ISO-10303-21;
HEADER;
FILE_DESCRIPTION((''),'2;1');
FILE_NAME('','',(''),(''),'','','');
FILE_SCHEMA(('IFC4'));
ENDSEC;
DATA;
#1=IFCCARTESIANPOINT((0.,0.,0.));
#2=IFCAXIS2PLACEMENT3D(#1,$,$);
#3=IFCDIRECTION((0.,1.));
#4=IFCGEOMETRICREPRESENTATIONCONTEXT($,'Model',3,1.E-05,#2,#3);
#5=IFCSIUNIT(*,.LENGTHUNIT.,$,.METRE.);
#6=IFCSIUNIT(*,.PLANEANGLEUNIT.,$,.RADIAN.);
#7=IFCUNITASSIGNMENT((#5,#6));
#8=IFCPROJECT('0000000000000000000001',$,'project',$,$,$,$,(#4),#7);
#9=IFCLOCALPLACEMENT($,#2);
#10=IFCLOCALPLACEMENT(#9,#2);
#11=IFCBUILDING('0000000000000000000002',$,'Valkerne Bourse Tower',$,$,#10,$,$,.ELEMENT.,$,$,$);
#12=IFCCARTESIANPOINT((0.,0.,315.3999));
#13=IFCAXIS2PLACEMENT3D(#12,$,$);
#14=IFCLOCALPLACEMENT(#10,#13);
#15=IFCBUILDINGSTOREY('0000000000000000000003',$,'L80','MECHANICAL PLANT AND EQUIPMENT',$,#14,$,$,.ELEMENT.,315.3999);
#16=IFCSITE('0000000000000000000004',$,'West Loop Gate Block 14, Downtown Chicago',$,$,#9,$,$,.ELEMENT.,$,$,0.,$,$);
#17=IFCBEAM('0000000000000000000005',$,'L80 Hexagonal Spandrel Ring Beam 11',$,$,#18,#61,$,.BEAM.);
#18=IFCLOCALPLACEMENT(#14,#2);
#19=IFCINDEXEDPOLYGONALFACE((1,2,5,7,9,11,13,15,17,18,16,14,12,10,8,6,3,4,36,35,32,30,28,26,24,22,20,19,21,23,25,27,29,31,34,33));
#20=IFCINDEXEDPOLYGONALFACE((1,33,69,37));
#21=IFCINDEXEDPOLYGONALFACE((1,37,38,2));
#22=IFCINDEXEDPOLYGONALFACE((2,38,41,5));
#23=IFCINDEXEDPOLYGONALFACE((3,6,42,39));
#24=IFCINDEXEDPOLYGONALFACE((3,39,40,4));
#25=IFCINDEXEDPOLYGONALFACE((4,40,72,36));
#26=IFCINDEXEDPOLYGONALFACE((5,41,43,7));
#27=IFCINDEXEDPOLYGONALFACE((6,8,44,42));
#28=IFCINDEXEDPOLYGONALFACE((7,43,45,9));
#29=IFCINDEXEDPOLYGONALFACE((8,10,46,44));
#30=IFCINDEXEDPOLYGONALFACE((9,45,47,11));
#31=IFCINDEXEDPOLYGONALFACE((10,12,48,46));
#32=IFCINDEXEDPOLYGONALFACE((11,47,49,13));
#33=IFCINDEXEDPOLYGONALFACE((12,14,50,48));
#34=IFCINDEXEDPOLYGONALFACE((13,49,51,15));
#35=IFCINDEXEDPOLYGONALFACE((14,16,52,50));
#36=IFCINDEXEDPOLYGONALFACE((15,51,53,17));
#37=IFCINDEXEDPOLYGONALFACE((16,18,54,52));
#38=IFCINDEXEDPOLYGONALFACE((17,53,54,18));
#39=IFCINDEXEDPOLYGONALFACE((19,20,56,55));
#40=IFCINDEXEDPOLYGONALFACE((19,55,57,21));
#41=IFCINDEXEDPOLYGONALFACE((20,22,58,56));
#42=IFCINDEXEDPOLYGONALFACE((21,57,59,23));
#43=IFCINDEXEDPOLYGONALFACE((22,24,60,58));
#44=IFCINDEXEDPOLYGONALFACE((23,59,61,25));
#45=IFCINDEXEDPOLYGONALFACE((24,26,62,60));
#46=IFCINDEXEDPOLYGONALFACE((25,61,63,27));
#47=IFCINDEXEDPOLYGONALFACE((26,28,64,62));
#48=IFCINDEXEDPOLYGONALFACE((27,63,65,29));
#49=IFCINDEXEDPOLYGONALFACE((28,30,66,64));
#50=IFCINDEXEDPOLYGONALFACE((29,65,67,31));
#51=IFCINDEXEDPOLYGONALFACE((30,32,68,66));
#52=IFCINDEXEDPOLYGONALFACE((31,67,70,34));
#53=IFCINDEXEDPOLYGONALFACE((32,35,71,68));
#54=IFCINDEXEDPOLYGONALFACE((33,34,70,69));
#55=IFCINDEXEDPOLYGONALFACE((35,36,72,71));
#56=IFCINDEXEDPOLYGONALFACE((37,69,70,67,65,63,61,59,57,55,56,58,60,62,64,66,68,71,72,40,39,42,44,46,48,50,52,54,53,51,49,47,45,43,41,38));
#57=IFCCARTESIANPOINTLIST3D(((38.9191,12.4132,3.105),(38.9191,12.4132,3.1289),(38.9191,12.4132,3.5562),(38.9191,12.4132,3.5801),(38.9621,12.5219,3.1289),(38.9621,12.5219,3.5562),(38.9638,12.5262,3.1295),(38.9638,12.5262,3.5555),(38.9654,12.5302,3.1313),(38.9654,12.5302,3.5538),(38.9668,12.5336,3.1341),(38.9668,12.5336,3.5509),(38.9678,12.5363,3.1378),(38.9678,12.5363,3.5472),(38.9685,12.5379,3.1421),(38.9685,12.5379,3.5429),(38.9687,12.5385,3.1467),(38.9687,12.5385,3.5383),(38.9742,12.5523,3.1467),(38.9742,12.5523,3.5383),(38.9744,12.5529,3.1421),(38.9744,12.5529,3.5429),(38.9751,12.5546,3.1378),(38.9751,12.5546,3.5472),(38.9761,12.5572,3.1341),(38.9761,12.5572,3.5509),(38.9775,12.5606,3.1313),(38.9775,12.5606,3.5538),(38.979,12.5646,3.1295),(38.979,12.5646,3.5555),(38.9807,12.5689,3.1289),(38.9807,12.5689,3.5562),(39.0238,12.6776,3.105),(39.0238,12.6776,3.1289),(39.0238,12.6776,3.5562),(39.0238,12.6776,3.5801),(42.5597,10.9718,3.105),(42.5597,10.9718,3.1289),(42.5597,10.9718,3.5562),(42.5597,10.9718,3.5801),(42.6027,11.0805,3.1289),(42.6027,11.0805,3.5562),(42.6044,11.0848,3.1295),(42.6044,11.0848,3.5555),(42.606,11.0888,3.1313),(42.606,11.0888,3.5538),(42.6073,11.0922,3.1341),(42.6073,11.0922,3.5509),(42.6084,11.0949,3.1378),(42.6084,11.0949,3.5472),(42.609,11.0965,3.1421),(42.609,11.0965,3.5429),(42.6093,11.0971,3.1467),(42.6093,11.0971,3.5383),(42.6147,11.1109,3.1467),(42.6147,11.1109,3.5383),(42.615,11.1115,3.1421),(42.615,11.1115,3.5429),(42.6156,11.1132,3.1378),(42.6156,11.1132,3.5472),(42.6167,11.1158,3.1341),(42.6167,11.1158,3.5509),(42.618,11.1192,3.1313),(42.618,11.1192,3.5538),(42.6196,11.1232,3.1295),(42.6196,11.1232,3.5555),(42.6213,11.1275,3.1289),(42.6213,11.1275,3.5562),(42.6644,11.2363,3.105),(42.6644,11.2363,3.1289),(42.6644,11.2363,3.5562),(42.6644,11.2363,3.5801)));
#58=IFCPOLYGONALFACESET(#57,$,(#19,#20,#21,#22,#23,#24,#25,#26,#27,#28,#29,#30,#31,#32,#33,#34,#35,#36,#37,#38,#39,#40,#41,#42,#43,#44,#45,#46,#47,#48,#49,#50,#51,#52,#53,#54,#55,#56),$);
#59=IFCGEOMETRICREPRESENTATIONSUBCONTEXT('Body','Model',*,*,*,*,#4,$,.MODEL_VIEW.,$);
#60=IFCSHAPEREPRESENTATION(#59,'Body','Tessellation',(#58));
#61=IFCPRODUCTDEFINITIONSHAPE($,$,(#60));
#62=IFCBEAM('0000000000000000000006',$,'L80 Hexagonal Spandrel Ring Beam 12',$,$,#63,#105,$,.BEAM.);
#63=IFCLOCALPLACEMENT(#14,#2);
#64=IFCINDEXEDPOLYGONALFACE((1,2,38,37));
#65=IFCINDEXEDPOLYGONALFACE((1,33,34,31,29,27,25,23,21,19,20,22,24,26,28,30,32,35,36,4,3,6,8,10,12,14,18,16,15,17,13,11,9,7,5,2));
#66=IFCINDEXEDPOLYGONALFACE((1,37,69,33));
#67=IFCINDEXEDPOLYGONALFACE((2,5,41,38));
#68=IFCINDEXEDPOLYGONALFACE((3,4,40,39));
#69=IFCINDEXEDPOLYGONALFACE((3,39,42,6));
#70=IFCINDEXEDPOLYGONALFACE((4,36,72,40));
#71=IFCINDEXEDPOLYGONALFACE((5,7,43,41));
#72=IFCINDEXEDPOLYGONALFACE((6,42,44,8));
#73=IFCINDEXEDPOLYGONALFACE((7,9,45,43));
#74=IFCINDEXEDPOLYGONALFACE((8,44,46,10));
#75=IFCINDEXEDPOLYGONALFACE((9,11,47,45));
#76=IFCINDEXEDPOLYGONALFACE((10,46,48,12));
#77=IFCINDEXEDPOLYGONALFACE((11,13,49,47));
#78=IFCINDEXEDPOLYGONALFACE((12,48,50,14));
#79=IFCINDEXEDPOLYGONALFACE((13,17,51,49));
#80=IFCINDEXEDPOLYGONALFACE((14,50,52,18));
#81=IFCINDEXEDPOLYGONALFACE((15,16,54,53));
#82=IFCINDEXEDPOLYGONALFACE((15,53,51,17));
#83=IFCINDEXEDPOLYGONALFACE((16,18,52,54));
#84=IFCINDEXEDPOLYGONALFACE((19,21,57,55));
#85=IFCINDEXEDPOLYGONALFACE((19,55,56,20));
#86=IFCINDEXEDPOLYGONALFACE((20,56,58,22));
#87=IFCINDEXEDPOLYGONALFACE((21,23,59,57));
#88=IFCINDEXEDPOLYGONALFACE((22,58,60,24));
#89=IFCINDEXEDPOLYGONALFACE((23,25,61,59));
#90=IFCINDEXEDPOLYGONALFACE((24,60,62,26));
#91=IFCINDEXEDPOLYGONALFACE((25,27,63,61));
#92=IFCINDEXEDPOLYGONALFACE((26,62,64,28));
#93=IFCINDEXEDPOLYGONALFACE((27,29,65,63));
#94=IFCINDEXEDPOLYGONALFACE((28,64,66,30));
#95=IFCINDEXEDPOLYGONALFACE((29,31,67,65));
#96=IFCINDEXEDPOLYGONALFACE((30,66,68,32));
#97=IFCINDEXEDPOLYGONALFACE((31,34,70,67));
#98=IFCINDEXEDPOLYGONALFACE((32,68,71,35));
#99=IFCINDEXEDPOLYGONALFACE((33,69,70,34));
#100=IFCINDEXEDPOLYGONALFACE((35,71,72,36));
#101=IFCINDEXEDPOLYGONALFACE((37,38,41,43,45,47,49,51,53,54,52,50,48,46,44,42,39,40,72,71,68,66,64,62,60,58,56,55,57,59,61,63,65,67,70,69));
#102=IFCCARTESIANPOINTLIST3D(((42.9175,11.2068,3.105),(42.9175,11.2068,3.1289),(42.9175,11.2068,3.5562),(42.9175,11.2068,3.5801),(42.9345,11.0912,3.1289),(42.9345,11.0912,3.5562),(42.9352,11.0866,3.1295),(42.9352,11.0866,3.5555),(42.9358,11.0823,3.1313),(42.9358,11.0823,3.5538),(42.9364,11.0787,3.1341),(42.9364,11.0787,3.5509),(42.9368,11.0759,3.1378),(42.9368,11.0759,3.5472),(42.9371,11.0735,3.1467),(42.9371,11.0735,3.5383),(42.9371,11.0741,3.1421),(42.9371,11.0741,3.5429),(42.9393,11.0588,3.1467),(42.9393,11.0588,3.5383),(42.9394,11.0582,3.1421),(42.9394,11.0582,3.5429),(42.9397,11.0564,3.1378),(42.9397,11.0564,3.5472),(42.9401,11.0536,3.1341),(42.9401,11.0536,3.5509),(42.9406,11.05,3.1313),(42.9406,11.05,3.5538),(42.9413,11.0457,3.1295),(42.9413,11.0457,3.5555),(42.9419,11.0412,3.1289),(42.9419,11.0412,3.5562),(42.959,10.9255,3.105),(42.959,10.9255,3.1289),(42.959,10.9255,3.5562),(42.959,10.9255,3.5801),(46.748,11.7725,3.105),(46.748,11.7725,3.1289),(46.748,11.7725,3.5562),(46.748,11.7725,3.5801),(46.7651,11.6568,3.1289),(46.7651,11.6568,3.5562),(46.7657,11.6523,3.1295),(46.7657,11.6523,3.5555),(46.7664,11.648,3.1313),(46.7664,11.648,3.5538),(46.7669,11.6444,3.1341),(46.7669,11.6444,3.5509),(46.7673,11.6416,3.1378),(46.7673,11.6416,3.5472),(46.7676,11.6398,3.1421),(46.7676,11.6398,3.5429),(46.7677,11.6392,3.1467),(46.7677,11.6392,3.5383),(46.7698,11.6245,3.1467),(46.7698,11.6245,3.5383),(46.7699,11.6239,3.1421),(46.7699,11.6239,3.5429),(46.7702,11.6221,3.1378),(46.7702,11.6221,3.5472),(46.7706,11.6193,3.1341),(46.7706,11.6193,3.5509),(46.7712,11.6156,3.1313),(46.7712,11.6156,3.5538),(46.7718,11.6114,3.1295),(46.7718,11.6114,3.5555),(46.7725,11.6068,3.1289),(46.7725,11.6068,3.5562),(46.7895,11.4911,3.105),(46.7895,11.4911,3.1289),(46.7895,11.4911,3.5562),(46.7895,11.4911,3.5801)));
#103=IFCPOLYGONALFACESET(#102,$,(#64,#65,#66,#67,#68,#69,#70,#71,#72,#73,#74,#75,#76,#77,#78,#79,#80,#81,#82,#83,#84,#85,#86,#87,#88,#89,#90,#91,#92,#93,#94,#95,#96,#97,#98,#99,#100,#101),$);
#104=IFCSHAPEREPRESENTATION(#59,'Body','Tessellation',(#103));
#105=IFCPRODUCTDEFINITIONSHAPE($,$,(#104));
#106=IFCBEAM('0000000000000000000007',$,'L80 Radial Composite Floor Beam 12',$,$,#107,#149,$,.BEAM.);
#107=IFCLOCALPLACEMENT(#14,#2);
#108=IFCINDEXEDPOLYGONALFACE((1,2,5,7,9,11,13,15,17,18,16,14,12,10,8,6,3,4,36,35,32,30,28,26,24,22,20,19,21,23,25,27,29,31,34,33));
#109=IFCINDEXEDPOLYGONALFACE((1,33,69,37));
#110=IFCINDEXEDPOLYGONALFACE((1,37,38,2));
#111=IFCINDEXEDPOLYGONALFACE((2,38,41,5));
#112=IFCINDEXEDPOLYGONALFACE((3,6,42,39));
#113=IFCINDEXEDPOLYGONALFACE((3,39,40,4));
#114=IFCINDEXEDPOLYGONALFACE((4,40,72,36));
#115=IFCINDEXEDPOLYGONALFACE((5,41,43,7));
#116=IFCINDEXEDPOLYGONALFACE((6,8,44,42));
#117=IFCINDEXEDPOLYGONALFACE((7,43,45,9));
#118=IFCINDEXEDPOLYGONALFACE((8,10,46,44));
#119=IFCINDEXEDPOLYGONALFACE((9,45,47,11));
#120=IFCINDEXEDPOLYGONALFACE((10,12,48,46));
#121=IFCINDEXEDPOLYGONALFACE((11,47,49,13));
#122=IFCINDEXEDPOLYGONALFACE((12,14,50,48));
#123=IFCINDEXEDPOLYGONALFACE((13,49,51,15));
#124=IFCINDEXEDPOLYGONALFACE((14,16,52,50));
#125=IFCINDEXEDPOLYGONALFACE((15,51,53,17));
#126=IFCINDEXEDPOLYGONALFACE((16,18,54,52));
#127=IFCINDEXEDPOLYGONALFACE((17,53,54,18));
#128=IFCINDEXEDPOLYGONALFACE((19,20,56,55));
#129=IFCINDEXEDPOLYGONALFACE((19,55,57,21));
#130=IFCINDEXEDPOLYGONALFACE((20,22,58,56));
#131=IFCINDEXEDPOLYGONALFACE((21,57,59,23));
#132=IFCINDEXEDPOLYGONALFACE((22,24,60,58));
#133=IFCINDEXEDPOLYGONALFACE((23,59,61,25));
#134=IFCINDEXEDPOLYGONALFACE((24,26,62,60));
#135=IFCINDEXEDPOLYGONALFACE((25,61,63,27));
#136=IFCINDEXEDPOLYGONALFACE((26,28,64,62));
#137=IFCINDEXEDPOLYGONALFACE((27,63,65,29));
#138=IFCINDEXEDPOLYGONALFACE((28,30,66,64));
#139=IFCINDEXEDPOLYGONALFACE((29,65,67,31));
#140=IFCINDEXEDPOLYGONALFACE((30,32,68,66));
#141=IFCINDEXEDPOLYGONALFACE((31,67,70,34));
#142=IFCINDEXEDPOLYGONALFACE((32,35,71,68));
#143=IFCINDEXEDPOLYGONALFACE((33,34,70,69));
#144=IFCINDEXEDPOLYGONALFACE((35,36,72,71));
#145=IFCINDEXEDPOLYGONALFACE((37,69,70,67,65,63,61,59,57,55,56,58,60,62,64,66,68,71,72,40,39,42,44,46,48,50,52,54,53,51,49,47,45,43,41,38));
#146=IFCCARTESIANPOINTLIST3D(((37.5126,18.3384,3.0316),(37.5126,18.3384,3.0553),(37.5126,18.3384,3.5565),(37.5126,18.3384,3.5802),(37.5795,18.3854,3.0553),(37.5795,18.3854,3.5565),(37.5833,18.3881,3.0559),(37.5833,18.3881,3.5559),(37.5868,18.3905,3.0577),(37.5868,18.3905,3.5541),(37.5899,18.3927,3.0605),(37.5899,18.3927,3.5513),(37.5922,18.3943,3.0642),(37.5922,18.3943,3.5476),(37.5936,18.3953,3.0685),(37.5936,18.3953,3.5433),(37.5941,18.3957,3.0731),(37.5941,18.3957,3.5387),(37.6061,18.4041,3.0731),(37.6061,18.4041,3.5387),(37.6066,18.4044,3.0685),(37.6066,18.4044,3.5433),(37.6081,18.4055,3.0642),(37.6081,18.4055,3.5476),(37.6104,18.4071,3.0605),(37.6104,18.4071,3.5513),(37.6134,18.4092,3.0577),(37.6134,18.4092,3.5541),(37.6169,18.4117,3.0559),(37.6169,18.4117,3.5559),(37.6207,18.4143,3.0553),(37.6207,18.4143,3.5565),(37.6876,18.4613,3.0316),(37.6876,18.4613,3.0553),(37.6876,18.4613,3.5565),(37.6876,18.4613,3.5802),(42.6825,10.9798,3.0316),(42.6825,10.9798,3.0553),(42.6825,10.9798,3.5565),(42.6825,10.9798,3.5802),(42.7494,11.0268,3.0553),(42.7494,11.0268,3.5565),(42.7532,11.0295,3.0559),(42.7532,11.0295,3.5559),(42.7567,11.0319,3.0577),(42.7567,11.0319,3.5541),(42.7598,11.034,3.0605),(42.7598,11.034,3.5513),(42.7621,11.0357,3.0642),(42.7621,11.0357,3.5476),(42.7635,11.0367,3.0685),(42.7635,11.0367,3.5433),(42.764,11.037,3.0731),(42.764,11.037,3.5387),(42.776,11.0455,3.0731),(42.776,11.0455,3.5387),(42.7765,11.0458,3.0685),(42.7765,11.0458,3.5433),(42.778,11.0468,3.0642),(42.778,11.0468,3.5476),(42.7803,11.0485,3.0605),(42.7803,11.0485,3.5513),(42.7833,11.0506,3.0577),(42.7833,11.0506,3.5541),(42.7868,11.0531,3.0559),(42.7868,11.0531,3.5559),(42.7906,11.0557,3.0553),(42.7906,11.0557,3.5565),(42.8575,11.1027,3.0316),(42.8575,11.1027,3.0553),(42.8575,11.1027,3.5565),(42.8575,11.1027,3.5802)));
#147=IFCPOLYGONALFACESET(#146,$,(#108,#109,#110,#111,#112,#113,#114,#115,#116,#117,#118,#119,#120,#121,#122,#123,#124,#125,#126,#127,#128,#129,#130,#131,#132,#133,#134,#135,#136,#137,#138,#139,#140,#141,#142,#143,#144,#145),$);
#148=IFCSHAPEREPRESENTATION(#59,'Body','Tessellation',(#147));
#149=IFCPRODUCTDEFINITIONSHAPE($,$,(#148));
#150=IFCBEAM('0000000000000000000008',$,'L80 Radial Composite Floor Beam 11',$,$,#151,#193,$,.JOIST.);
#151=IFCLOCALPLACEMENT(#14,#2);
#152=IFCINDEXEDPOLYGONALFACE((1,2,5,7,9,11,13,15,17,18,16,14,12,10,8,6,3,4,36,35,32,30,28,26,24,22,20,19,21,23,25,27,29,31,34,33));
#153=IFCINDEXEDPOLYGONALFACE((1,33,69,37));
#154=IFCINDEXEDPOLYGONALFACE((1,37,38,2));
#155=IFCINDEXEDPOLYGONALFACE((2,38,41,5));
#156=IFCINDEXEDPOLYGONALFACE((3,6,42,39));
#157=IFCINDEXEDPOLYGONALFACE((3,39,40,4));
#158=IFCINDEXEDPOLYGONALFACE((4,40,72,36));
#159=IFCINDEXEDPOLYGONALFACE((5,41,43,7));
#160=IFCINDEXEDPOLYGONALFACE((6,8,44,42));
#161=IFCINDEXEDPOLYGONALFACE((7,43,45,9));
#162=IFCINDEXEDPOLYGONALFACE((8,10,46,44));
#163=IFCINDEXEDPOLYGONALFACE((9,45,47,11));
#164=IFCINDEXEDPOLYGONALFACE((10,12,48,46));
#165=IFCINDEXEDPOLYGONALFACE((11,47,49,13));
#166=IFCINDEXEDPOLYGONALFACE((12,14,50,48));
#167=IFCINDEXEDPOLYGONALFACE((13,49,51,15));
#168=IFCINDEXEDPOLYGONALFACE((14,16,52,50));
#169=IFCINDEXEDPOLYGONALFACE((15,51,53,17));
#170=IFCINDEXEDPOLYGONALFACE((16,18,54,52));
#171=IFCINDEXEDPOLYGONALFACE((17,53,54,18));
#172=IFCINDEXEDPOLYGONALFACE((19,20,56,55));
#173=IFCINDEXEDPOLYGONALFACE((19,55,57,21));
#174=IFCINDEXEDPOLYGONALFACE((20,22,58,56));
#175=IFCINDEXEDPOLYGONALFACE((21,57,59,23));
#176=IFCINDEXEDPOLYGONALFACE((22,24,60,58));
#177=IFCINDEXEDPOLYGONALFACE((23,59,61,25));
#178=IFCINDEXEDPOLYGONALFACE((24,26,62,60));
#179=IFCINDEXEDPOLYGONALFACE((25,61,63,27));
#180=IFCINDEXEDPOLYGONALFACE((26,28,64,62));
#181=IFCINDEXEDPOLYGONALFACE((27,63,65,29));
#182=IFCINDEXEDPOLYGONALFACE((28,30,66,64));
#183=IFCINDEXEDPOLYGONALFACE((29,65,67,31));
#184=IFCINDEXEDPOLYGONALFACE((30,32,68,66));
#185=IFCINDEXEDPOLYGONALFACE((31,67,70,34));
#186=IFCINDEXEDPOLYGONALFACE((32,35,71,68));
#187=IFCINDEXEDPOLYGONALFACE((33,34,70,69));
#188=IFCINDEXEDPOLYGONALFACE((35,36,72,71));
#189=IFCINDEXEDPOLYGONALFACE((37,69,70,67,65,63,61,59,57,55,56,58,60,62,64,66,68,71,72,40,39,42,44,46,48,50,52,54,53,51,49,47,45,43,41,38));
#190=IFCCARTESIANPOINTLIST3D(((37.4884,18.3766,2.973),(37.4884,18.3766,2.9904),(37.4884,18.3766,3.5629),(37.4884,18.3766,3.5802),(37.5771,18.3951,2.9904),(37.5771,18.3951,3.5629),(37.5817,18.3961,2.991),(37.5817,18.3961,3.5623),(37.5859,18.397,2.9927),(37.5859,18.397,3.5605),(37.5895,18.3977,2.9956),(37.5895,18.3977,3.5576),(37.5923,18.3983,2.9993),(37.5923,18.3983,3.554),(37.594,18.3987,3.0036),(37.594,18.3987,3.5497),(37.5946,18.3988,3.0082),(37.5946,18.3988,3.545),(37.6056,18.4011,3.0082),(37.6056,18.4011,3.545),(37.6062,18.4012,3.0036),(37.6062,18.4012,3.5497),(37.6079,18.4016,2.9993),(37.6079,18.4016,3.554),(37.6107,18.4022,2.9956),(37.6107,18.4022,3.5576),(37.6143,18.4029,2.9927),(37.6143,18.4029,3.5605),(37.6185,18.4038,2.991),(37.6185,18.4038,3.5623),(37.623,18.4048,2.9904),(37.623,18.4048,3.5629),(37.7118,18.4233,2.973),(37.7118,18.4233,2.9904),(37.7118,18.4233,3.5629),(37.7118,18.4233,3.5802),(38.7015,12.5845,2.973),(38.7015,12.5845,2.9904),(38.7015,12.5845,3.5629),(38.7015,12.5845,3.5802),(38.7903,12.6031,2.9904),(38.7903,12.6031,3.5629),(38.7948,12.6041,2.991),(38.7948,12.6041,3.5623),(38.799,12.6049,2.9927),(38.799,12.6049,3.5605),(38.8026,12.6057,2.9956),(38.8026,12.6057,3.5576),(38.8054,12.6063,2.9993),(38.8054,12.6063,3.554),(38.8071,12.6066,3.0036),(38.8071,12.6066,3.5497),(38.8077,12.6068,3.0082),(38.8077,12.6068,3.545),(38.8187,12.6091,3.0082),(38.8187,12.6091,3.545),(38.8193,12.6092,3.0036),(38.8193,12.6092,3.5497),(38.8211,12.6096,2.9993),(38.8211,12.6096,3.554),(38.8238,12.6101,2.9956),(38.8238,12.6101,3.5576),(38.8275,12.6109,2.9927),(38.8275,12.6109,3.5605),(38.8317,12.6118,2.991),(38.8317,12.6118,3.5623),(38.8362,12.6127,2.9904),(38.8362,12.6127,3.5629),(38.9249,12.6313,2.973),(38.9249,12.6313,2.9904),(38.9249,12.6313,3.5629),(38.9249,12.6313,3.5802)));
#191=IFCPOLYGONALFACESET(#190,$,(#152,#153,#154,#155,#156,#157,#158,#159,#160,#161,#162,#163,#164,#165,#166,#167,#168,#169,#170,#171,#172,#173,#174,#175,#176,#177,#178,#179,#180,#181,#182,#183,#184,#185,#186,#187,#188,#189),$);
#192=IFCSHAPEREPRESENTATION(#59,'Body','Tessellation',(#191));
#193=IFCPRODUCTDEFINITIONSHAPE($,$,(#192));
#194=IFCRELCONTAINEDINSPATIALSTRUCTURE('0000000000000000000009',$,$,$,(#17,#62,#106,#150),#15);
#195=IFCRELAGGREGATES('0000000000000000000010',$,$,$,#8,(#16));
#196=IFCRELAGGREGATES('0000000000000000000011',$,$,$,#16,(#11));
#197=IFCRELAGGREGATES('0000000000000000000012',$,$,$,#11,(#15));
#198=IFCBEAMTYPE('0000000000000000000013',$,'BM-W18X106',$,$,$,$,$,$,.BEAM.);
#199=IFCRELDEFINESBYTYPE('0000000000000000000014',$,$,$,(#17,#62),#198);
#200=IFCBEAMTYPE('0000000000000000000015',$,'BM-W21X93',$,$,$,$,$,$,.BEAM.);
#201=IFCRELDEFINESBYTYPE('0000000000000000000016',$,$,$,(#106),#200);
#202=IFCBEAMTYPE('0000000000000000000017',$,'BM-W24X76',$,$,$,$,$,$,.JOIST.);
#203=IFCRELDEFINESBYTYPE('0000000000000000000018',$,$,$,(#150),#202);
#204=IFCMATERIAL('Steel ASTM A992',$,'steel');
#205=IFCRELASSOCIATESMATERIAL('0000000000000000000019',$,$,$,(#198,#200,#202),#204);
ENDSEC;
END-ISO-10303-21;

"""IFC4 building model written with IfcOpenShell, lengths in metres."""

from ifc_helpers import new_model, si_unit, direction, frame, origin, origin_2d, place, context, subcontext, project, spatial, i_section, extrude, material, material_profile, profile_set, type_object, element, save


model = new_model("IFC4")

# Units and contexts
model_context = context("Model", 3, precision=1e-05, world=origin(), true_north=direction((0.0, 1.0)))
body_context = subcontext(model_context, "Body", "Model", "MODEL_VIEW")
ifc_project = project(units=[si_unit("LENGTHUNIT", "METRE"), si_unit("PLANEANGLEUNIT", "RADIAN")], contexts=[model_context])

# Site, building, storey
site_placement = place(None, origin())
site = spatial("IfcSite", under=ifc_project, at=site_placement, Name="West Loop Gate Block 14, Downtown Chicago", CompositionType="ELEMENT", RefElevation=0.0)
building_placement = place(site_placement, origin())
building = spatial("IfcBuilding", under=site, at=building_placement, Name="Valkerne Bourse Tower", CompositionType="ELEMENT")
storey_placement = place(building_placement, frame((0.0, 0.0, 315.3999)))
storey = spatial("IfcBuildingStorey", under=building, at=storey_placement, Name="L80", Description="MECHANICAL PLANT AND EQUIPMENT", CompositionType="ELEMENT", Elevation=315.3999)

# Beams
ifc_material_1 = material(Name="Steel ASTM A992", Category="steel")
ifc_material_profile_1 = material_profile(ifc_material_1, i_section(OverallWidth=0.2844, OverallDepth=0.4751, WebThickness=0.0149, FlangeThickness=0.0239, FilletRadius=0.0178, at=origin_2d()), Name="W18X106")
ifc_profile_set_1 = profile_set([ifc_material_profile_1], Name="Steel ASTM A992")
beam_type_1 = type_object("IfcBeamType", Name="BM-W18X106", PredefinedType="BEAM", material=ifc_profile_set_1)
beam_1_placement = place(storey_placement, frame((38.9714, 12.5454, 3.3425), z_axis=(0.929778, -0.36812, 0.0), x_axis=(0.36812, 0.929778, 0.0)))
element("IfcBeam", 1, at=beam_1_placement, inside=storey, type_object=beam_type_1, Name="L80 Hexagonal Spandrel Ring Beam 11", PredefinedType="BEAM", context=body_context, shape_type="SweptSolid", body=[
    extrude(i_section(OverallWidth=0.2844, OverallDepth=0.4751, WebThickness=0.0149, FlangeThickness=0.0239, FilletRadius=0.0178, at=origin_2d()), origin(), (0.0, 0.0, 1.0), 3.9155),
])
beam_2_placement = place(storey_placement, frame((42.9382, 11.0662, 3.3425), z_axis=(0.989271, 0.146089, 0.0), x_axis=(-0.146089, 0.989271, 0.0)))
element("IfcBeam", 2, at=beam_2_placement, inside=storey, type_object=beam_type_1, Name="L80 Hexagonal Spandrel Ring Beam 12", PredefinedType="BEAM", context=body_context, shape_type="SweptSolid", body=[
    extrude(i_section(OverallWidth=0.2844, OverallDepth=0.4751, WebThickness=0.0149, FlangeThickness=0.0239, FilletRadius=0.0178, at=origin_2d()), origin(), (0.0, 0.0, 1.0), 3.8721),
])
ifc_material_profile_2 = material_profile(ifc_material_1, i_section(OverallWidth=0.2139, OverallDepth=0.5486, WebThickness=0.0146, FlangeThickness=0.0237, FilletRadius=0.0178, at=origin_2d()), Name="W21X93")
ifc_profile_set_2 = profile_set([ifc_material_profile_2], Name="Steel ASTM A992")
beam_type_2 = type_object("IfcBeamType", Name="BM-W21X93", PredefinedType="BEAM", material=ifc_profile_set_2)
beam_3_placement = place(storey_placement, frame((42.77, 11.0413, 3.3059), z_axis=(-0.57487, 0.818245, 0.0), x_axis=(-0.818245, -0.57487, 0.0)))
element("IfcBeam", 3, at=beam_3_placement, inside=storey, type_object=beam_type_2, Name="L80 Radial Composite Floor Beam 12", PredefinedType="BEAM", context=body_context, shape_type="SweptSolid", body=[
    extrude(i_section(OverallWidth=0.2139, OverallDepth=0.5486, WebThickness=0.0146, FlangeThickness=0.0237, FilletRadius=0.0178, at=origin_2d()), origin(), (0.0, 0.0, 1.0), 8.9932),
])
ifc_material_profile_3 = material_profile(ifc_material_1, i_section(OverallWidth=0.2283, OverallDepth=0.6072, WebThickness=0.0112, FlangeThickness=0.0173, FilletRadius=0.0178, at=origin_2d()), Name="W24X76")
ifc_profile_set_3 = profile_set([ifc_material_profile_3], Name="Steel ASTM A992")
beam_type_3 = type_object("IfcBeamType", Name="BM-W24X76", PredefinedType="JOIST", material=ifc_profile_set_3)
beam_4_placement = place(storey_placement, frame((38.8132, 12.6079, 3.2766), z_axis=(-0.205002, 0.978762, 0.0), x_axis=(-0.978762, -0.205002, 0.0)))
element("IfcBeam", 4, at=beam_4_placement, inside=storey, type_object=beam_type_3, Name="L80 Radial Composite Floor Beam 11", PredefinedType="JOIST", context=body_context, shape_type="SweptSolid", body=[
    extrude(i_section(OverallWidth=0.2283, OverallDepth=0.6072, WebThickness=0.0112, FlangeThickness=0.0173, FilletRadius=0.0178, at=origin_2d()), origin(), (0.0, 0.0, 1.0), 5.9177),
])

save(model, "model.ifc")
